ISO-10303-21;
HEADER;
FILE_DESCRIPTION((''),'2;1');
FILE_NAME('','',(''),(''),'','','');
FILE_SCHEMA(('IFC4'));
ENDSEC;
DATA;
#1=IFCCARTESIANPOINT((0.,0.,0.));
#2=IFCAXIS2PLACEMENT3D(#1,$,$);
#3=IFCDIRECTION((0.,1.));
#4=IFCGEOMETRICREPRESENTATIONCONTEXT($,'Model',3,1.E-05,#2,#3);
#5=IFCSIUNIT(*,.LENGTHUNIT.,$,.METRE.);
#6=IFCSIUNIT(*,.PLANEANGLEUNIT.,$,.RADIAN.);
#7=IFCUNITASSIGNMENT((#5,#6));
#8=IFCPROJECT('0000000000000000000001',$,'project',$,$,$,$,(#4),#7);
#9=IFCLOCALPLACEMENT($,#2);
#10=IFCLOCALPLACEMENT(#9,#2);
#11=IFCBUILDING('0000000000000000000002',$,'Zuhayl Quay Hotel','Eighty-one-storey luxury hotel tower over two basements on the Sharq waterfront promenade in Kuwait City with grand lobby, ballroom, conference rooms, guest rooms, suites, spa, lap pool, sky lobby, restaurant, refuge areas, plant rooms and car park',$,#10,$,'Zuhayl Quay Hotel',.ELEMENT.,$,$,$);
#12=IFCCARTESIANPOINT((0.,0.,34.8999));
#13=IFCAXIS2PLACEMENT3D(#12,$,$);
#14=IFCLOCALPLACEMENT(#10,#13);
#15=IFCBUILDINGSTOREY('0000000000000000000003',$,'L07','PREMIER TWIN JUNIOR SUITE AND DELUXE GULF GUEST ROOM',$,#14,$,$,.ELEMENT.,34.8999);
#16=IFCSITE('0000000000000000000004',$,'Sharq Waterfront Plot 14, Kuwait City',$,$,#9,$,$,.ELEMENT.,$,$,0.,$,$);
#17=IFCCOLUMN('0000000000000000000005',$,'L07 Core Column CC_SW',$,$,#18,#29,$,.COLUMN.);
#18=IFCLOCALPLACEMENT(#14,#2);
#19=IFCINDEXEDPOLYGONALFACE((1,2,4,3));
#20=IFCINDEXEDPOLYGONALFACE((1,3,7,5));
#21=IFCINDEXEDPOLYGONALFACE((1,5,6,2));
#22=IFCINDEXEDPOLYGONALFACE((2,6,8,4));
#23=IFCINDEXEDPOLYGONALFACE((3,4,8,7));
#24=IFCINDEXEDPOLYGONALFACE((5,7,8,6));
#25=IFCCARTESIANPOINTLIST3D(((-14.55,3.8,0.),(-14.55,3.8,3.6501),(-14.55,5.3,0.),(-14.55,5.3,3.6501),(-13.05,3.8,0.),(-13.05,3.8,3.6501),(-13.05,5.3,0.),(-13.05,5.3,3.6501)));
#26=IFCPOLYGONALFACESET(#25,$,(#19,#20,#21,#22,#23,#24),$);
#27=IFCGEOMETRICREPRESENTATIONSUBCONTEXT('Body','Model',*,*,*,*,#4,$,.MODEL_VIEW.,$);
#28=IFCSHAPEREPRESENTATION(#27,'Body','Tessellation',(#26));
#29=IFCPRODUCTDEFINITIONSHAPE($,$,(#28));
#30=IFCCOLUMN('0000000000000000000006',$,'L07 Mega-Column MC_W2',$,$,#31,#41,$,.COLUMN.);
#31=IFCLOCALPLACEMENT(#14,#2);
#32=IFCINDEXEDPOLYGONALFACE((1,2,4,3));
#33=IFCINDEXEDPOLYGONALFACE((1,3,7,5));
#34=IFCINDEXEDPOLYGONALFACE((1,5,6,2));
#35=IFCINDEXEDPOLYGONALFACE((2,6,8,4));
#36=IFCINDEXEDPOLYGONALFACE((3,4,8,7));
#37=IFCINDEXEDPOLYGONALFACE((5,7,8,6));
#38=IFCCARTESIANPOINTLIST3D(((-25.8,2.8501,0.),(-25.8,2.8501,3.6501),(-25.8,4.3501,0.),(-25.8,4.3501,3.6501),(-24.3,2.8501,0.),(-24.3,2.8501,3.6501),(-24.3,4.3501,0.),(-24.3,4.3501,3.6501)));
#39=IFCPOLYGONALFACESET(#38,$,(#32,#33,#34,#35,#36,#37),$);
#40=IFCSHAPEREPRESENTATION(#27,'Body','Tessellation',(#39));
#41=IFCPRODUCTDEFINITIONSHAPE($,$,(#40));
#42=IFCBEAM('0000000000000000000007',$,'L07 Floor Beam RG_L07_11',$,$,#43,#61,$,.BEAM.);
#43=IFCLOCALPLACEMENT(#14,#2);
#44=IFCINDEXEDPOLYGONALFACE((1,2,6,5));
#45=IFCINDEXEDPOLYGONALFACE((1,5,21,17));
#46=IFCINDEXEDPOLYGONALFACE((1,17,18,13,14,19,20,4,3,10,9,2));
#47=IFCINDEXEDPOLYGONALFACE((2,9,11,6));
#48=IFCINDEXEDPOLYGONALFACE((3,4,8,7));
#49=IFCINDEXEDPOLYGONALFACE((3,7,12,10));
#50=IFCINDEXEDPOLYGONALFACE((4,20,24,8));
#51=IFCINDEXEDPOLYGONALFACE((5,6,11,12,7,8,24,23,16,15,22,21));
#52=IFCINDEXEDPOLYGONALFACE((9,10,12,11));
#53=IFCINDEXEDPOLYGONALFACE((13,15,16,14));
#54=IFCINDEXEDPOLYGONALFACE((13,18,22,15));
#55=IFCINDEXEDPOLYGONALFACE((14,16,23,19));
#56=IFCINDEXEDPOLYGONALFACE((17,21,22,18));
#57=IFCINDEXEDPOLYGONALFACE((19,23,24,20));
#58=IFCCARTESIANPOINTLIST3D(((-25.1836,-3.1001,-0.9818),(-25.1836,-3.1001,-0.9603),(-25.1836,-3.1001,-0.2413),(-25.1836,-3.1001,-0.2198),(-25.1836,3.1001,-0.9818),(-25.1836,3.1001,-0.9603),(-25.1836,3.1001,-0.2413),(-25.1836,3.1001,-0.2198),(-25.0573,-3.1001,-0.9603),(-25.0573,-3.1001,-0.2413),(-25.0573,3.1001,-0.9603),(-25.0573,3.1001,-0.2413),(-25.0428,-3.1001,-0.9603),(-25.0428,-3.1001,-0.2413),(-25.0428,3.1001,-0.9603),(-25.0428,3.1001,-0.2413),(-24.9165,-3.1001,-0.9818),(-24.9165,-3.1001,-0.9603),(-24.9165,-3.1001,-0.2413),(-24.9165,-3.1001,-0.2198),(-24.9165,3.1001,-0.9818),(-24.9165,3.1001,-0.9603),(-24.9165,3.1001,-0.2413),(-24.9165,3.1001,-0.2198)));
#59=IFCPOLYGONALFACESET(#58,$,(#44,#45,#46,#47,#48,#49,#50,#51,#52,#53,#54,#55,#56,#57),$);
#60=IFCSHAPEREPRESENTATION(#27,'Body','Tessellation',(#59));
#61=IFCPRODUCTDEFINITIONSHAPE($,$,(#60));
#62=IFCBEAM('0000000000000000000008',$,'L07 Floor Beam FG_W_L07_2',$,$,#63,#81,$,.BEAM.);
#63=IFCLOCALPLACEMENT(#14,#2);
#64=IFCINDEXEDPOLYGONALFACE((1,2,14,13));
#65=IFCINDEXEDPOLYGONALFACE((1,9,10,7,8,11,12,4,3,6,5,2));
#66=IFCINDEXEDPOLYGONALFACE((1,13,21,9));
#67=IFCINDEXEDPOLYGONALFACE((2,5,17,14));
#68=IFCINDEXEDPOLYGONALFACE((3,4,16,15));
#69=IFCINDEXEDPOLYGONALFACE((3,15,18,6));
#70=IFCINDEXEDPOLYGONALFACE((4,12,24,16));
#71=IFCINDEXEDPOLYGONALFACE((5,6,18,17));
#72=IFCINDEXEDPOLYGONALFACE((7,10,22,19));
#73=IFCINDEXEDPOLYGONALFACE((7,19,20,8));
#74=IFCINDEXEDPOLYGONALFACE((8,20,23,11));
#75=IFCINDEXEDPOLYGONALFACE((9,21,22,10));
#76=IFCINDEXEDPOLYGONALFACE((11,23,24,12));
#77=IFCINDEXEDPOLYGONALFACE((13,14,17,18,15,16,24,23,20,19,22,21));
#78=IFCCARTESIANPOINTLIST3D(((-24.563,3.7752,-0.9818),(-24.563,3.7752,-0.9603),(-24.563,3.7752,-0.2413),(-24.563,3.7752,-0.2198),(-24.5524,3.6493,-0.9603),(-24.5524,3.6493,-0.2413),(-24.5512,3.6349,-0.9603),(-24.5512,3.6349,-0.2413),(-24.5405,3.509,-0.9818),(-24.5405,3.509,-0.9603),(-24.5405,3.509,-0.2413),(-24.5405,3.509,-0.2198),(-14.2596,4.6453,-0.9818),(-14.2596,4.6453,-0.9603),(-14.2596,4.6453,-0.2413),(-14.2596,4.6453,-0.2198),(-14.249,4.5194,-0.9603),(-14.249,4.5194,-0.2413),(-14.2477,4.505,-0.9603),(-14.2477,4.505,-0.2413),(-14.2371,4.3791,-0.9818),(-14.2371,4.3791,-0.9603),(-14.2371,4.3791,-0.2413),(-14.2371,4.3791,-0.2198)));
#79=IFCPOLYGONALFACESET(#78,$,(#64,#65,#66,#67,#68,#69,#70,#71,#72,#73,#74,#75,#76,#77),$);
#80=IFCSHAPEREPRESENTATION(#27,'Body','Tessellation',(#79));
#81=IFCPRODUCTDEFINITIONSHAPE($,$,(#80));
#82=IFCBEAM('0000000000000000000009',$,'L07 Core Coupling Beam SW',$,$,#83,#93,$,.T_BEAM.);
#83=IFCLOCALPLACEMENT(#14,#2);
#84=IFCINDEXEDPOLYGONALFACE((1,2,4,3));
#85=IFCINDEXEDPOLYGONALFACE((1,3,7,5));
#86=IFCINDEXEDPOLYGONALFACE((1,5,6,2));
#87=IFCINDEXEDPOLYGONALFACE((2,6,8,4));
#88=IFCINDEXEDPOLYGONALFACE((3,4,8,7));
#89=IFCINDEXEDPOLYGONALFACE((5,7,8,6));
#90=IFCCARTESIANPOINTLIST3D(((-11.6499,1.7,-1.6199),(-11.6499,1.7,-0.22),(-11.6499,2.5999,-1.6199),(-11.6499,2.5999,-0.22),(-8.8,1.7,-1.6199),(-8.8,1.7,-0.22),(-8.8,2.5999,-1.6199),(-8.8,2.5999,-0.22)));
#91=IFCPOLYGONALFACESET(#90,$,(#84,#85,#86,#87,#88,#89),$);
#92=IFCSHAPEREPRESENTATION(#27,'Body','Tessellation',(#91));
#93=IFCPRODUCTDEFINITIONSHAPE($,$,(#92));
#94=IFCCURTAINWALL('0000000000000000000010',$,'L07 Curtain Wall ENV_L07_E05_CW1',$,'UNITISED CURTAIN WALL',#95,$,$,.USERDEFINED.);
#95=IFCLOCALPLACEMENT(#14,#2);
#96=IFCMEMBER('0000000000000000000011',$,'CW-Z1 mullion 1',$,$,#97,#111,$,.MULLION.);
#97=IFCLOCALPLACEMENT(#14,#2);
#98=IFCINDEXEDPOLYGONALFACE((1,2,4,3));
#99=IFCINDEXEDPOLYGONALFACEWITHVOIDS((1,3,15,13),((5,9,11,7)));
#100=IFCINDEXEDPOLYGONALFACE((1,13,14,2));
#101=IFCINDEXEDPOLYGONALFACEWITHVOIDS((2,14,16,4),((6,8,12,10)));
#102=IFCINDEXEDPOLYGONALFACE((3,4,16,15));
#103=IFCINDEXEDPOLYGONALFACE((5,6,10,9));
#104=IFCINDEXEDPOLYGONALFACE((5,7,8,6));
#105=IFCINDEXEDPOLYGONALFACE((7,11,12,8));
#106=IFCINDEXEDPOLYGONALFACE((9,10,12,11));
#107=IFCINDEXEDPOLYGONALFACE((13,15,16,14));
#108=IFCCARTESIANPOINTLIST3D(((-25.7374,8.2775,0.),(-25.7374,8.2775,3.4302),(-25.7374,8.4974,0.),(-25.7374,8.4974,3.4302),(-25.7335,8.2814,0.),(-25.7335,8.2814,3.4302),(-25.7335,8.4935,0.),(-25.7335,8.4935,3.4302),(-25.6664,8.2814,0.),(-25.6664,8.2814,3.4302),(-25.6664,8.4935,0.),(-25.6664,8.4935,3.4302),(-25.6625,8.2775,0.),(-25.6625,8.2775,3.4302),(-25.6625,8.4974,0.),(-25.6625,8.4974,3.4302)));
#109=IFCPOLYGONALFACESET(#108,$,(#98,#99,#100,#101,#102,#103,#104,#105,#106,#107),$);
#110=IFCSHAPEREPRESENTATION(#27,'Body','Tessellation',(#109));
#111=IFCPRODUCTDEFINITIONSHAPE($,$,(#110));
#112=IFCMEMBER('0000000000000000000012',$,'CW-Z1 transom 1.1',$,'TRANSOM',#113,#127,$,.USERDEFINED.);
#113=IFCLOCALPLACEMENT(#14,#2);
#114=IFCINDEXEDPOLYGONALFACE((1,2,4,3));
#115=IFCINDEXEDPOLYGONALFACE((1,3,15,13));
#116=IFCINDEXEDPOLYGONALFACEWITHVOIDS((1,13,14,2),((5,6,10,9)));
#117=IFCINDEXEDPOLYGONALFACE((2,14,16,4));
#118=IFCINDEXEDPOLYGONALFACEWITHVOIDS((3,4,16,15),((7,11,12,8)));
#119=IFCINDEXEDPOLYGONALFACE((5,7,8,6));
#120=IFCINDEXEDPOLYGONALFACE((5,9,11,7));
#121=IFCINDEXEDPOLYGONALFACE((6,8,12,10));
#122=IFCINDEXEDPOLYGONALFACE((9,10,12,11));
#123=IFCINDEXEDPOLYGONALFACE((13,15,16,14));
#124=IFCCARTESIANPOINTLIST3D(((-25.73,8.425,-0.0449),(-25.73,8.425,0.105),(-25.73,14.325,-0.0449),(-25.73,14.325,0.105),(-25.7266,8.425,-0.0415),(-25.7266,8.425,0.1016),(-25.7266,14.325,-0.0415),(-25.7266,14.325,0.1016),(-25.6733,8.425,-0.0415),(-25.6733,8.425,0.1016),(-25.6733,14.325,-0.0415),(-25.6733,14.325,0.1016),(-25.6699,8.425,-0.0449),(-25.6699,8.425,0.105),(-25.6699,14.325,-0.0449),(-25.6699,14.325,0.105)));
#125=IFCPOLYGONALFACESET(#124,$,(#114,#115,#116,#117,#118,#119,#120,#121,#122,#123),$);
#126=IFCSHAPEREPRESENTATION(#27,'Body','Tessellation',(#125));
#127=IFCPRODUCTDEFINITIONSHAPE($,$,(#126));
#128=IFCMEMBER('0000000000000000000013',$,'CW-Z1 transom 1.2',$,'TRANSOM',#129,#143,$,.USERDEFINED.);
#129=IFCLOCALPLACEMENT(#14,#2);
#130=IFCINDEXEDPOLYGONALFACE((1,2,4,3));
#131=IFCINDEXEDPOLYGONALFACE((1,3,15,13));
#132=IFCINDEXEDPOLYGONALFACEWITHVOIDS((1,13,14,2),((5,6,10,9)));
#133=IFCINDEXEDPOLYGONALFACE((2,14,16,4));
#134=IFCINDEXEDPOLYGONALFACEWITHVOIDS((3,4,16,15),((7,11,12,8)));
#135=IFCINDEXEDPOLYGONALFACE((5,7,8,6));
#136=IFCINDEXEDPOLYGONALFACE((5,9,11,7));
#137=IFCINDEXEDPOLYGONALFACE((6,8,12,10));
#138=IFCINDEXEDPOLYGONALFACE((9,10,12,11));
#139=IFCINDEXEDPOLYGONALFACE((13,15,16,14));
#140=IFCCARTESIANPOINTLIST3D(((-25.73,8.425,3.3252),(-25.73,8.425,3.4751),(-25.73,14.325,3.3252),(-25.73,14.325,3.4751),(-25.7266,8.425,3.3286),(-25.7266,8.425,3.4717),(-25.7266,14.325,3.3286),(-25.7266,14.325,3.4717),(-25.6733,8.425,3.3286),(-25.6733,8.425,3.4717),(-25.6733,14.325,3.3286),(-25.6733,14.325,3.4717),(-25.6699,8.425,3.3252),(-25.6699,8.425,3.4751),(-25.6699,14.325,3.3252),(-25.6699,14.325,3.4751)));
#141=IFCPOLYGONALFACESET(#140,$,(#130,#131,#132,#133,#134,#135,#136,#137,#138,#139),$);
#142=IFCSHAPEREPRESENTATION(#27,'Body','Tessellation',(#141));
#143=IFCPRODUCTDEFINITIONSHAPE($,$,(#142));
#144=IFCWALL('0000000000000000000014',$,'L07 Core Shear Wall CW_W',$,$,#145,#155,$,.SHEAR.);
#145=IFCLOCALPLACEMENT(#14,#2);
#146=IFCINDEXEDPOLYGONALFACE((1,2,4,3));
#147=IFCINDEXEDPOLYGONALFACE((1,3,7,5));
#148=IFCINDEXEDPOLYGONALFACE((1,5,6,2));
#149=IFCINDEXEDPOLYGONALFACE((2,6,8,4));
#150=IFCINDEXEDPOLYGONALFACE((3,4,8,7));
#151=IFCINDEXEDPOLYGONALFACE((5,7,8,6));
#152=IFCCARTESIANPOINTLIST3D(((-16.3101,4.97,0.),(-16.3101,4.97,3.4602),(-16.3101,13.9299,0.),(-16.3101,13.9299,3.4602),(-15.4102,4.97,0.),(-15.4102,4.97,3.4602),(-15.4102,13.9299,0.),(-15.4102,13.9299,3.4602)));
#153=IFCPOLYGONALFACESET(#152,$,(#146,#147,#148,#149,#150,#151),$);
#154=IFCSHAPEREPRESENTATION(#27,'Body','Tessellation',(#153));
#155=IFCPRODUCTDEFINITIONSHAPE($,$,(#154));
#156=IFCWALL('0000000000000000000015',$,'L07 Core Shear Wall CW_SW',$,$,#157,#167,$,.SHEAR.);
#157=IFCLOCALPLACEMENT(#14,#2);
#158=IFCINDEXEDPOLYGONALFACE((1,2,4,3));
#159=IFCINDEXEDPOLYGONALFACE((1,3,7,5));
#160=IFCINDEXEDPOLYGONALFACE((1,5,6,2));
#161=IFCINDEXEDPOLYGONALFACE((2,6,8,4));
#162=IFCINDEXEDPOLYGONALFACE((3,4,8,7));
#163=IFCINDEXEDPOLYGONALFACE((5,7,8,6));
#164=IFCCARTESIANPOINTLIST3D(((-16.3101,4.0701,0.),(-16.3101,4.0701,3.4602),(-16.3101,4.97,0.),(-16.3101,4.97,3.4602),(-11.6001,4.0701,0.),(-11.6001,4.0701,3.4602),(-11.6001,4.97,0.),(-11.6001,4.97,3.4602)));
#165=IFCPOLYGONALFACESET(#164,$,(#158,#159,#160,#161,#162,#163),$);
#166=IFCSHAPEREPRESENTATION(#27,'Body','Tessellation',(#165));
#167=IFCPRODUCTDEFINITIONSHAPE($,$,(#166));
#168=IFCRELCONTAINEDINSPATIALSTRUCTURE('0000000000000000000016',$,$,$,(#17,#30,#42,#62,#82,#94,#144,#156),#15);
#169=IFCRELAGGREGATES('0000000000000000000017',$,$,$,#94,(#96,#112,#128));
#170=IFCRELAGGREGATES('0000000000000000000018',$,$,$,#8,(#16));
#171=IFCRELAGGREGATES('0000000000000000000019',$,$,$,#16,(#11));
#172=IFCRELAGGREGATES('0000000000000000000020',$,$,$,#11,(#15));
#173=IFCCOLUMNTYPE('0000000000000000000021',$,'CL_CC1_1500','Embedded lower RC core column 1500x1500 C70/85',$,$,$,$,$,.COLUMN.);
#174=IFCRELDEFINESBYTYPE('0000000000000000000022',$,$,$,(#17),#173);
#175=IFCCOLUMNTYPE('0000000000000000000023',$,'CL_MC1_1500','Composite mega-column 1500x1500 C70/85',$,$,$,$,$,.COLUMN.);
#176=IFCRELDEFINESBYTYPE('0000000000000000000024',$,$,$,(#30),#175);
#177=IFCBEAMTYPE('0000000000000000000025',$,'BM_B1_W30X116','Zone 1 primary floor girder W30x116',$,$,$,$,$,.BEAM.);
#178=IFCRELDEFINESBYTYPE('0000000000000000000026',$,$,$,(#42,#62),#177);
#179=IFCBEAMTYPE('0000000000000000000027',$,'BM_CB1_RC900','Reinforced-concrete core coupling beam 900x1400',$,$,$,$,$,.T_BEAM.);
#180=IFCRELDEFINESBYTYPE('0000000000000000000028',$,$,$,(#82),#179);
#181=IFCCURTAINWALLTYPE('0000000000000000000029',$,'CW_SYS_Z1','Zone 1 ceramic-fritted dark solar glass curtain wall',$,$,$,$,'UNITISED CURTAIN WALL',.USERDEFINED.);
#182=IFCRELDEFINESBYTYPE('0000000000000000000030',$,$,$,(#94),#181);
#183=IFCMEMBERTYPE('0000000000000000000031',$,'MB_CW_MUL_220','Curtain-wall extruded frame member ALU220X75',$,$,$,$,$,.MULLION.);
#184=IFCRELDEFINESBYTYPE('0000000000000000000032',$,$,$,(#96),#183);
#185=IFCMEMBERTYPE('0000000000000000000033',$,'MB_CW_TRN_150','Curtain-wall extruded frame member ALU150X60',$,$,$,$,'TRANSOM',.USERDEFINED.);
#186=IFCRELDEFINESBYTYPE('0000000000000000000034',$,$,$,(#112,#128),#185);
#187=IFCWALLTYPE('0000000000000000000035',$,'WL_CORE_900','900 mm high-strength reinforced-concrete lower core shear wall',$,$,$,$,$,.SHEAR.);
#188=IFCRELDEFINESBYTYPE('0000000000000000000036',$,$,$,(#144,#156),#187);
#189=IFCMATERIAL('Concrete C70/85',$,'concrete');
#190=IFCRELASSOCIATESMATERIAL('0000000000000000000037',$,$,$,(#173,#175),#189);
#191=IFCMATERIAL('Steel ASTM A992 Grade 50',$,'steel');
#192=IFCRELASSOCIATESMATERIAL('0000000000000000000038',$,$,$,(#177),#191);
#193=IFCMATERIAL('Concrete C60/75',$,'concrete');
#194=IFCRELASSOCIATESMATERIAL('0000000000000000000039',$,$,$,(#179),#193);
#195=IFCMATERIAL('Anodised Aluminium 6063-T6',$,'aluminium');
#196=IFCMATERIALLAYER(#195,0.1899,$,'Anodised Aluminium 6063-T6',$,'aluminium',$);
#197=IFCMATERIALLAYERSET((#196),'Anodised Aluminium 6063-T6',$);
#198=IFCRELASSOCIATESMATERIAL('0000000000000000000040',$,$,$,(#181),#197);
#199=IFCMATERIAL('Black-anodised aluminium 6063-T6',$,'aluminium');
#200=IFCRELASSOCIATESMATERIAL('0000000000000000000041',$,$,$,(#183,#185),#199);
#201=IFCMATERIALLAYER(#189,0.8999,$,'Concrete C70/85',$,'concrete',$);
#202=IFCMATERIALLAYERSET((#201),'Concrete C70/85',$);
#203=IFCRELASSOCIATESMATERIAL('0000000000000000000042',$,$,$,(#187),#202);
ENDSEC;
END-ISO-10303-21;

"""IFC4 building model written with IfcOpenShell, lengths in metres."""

from ifc_helpers import new_model, si_unit, direction, frame, frame_2d, origin, origin_2d, place, context, subcontext, project, spatial, rectangle, hollow_rectangle, i_section, extrude, material, layer, layer_set, material_profile, profile_set, type_object, element, aggregate, save


model = new_model("IFC4")

# Units and contexts
model_context = context("Model", 3, precision=1e-05, world=origin(), true_north=direction((0.0, 1.0)))
body_context = subcontext(model_context, "Body", "Model", "MODEL_VIEW")
ifc_project = project(units=[si_unit("LENGTHUNIT", "METRE"), si_unit("PLANEANGLEUNIT", "RADIAN")], contexts=[model_context])

# Site, building, storey
site_placement = place(None, origin())
site = spatial("IfcSite", under=ifc_project, at=site_placement, Name="Sharq Waterfront Plot 14, Kuwait City", CompositionType="ELEMENT", RefElevation=0.0)
building_placement = place(site_placement, origin())
building = spatial("IfcBuilding", under=site, at=building_placement, Name="Zuhayl Quay Hotel", Description="Eighty-one-storey luxury hotel tower over two basements on the Sharq waterfront promenade in Kuwait City with grand lobby, ballroom, conference rooms, guest rooms, suites, spa, lap pool, sky lobby, restaurant, refuge areas, plant rooms and car park", LongName="Zuhayl Quay Hotel", CompositionType="ELEMENT")
storey_placement = place(building_placement, frame((0.0, 0.0, 34.8999)))
storey = spatial("IfcBuildingStorey", under=building, at=storey_placement, Name="L07", Description="PREMIER TWIN JUNIOR SUITE AND DELUXE GULF GUEST ROOM", CompositionType="ELEMENT", Elevation=34.8999)

# Columns
ifc_material_1 = material(Name="Concrete C70/85", Category="concrete")
ifc_material_profile_1 = material_profile(ifc_material_1, rectangle(XDim=1.5, YDim=1.5, at=origin_2d()), Name="RC1500X1500")
ifc_profile_set_1 = profile_set([ifc_material_profile_1], Name="Concrete C70/85")
column_type_1 = type_object("IfcColumnType", Name="CL_CC1_1500", Description="Embedded lower RC core column 1500x1500 C70/85", PredefinedType="COLUMN", material=ifc_profile_set_1)
column_1_placement = place(storey_placement, frame((-13.8, 4.55, 0.0), z_axis=(0.0, 0.0, 1.0), x_axis=(1.0, 0.0, 0.0)))
element("IfcColumn", 1, at=column_1_placement, inside=storey, type_object=column_type_1, Name="L07 Core Column CC_SW", PredefinedType="COLUMN", context=body_context, shape_type="SweptSolid", body=[
    extrude(rectangle(XDim=1.5, YDim=1.5, at=origin_2d()), origin(), (0.0, 0.0, 1.0), 3.6501),
])
ifc_material_profile_2 = material_profile(ifc_material_1, rectangle(XDim=1.5, YDim=1.5, at=origin_2d()), Name="RC1500X1500")
ifc_profile_set_2 = profile_set([ifc_material_profile_2], Name="Concrete C70/85")
column_type_2 = type_object("IfcColumnType", Name="CL_MC1_1500", Description="Composite mega-column 1500x1500 C70/85", PredefinedType="COLUMN", material=ifc_profile_set_2)
column_2_placement = place(storey_placement, frame((-25.05, 3.6001, 0.0), z_axis=(0.0, 0.0, 1.0), x_axis=(1.0, 0.0, 0.0)))
element("IfcColumn", 2, at=column_2_placement, inside=storey, type_object=column_type_2, Name="L07 Mega-Column MC_W2", PredefinedType="COLUMN", context=body_context, shape_type="SweptSolid", body=[
    extrude(rectangle(XDim=1.5, YDim=1.5, at=origin_2d()), origin(), (0.0, 0.0, 1.0), 3.6501),
])

# Beams
ifc_material_2 = material(Name="Steel ASTM A992 Grade 50", Category="steel")
ifc_material_profile_3 = material_profile(ifc_material_2, i_section(OverallWidth=0.2671, OverallDepth=0.762, WebThickness=0.0144, FlangeThickness=0.0215, at=origin_2d()), Name="W30X116")
ifc_profile_set_3 = profile_set([ifc_material_profile_3], Name="Steel ASTM A992 Grade 50")
beam_type_1 = type_object("IfcBeamType", Name="BM_B1_W30X116", Description="Zone 1 primary floor girder W30x116", PredefinedType="BEAM", material=ifc_profile_set_3)
beam_1_placement = place(storey_placement, frame((-25.05, 3.1001, -0.6008), z_axis=(0.0, -1.0, 0.0), x_axis=(1.0, 0.0, 0.0)))
element("IfcBeam", 3, at=beam_1_placement, inside=storey, type_object=beam_type_1, Name="L07 Floor Beam RG_L07_11", PredefinedType="BEAM", context=body_context, shape_type="SweptSolid", body=[
    extrude(i_section(OverallWidth=0.2671, OverallDepth=0.762, WebThickness=0.0144, FlangeThickness=0.0215, at=origin_2d()), origin(), (0.0, 0.0, 1.0), 6.2002),
])
beam_2_placement = place(storey_placement, frame((-24.5518, 3.6421, -0.6008), z_axis=(0.996453, 0.084149, 0.0), x_axis=(-0.084149, 0.996453, 0.0)))
element("IfcBeam", 4, at=beam_2_placement, inside=storey, type_object=beam_type_1, Name="L07 Floor Beam FG_W_L07_2", PredefinedType="BEAM", context=body_context, shape_type="SweptSolid", body=[
    extrude(i_section(OverallWidth=0.2671, OverallDepth=0.762, WebThickness=0.0144, FlangeThickness=0.0215, at=origin_2d()), origin(), (0.0, 0.0, 1.0), 10.3401),
])
ifc_material_3 = material(Name="Concrete C60/75", Category="concrete")
ifc_material_profile_4 = material_profile(ifc_material_3, rectangle(XDim=0.8999, YDim=1.3999, at=origin_2d()), Name="RC900X1400")
ifc_profile_set_4 = profile_set([ifc_material_profile_4], Name="Concrete C60/75")
beam_type_2 = type_object("IfcBeamType", Name="BM_CB1_RC900", Description="Reinforced-concrete core coupling beam 900x1400", PredefinedType="T_BEAM", material=ifc_profile_set_4)
beam_3_placement = place(storey_placement, frame((-11.6499, 2.1499, -0.9199), z_axis=(1.0, 0.0, 0.0), x_axis=(0.0, 1.0, 0.0)))
element("IfcBeam", 5, at=beam_3_placement, inside=storey, type_object=beam_type_2, Name="L07 Core Coupling Beam SW", PredefinedType="T_BEAM", context=body_context, shape_type="SweptSolid", body=[
    extrude(rectangle(XDim=0.8999, YDim=1.3999, at=origin_2d()), origin(), (0.0, 0.0, 1.0), 2.8499),
])

# Curtain wall, members
ifc_material_4 = material(Name="Anodised Aluminium 6063-T6", Category="aluminium")
ifc_layer_1 = layer(ifc_material_4, 0.1899, Name="Anodised Aluminium 6063-T6", Category="aluminium")
ifc_layer_set_1 = layer_set([ifc_layer_1], Name="Anodised Aluminium 6063-T6")
curtain_wall_type = type_object("IfcCurtainWallType", Name="CW_SYS_Z1", Description="Zone 1 ceramic-fritted dark solar glass curtain wall", ElementType="UNITISED CURTAIN WALL", PredefinedType="USERDEFINED", material=ifc_layer_set_1)
curtain_wall_placement = place(storey_placement, origin())
curtain_wall = element("IfcCurtainWall", 6, at=curtain_wall_placement, inside=storey, type_object=curtain_wall_type, Name="L07 Curtain Wall ENV_L07_E05_CW1", ObjectType="UNITISED CURTAIN WALL", PredefinedType="USERDEFINED")
ifc_material_5 = material(Name="Black-anodised aluminium 6063-T6", Category="aluminium")
ifc_material_profile_5 = material_profile(ifc_material_5, hollow_rectangle(XDim=0.075, YDim=0.22, WallThickness=0.0039, at=origin_2d()), Name="ALU220X75")
ifc_profile_set_5 = profile_set([ifc_material_profile_5], Name="Black-anodised aluminium 6063-T6")
member_type_1 = type_object("IfcMemberType", Name="MB_CW_MUL_220", Description="Curtain-wall extruded frame member ALU220X75", PredefinedType="MULLION", material=ifc_profile_set_5)
member_1_placement = place(storey_placement, frame((-25.7, 8.3875, 0.0), z_axis=(0.0, 0.0, 1.0), x_axis=(-1.0, 0.0, 0.0)))
member_1 = element("IfcMember", 7, at=member_1_placement, type_object=member_type_1, Name="CW-Z1 mullion 1", PredefinedType="MULLION", context=body_context, shape_type="SweptSolid", body=[
    extrude(hollow_rectangle(XDim=0.075, YDim=0.22, WallThickness=0.0039, at=origin_2d()), origin(), (0.0, 0.0, 1.0), 3.4302),
])
ifc_material_profile_6 = material_profile(ifc_material_5, hollow_rectangle(XDim=0.0601, YDim=0.1499, WallThickness=0.0034, at=origin_2d()), Name="ALU150X60")
ifc_profile_set_6 = profile_set([ifc_material_profile_6], Name="Black-anodised aluminium 6063-T6")
member_type_2 = type_object("IfcMemberType", Name="MB_CW_TRN_150", Description="Curtain-wall extruded frame member ALU150X60", ElementType="TRANSOM", PredefinedType="USERDEFINED", material=ifc_profile_set_6)
member_2_placement = place(storey_placement, frame((-25.7, 8.425, 0.03), z_axis=(0.0, 1.0, 0.0), x_axis=(-1.0, 0.0, 0.0)))
member_2 = element("IfcMember", 8, at=member_2_placement, type_object=member_type_2, Name="CW-Z1 transom 1.1", ObjectType="TRANSOM", PredefinedType="USERDEFINED", context=body_context, shape_type="SweptSolid", body=[
    extrude(hollow_rectangle(XDim=0.0601, YDim=0.1499, WallThickness=0.0034, at=origin_2d()), origin(), (0.0, 0.0, 1.0), 5.8999),
])
member_3_placement = place(storey_placement, frame((-25.7, 8.425, 3.4001), z_axis=(0.0, 1.0, 0.0), x_axis=(-1.0, 0.0, 0.0)))
member_3 = element("IfcMember", 9, at=member_3_placement, type_object=member_type_2, Name="CW-Z1 transom 1.2", ObjectType="TRANSOM", PredefinedType="USERDEFINED", context=body_context, shape_type="SweptSolid", body=[
    extrude(hollow_rectangle(XDim=0.0601, YDim=0.1499, WallThickness=0.0034, at=origin_2d()), origin(), (0.0, 0.0, 1.0), 5.8999),
])
aggregate(curtain_wall, [member_1, member_2, member_3])

# Walls
ifc_layer_2 = layer(ifc_material_1, 0.8999, Name="Concrete C70/85", Category="concrete")
ifc_layer_set_2 = layer_set([ifc_layer_2], Name="Concrete C70/85")
wall_type_1 = type_object("IfcWallType", Name="WL_CORE_900", Description="900 mm high-strength reinforced-concrete lower core shear wall", PredefinedType="SHEAR", material=ifc_layer_set_2)
wall_1_placement = place(storey_placement, frame((-15.8601, 4.97, 0.0), z_axis=(0.0, 0.0, 1.0), x_axis=(0.0, 1.0, 0.0)))
element("IfcWall", 10, at=wall_1_placement, inside=storey, type_object=wall_type_1, Name="L07 Core Shear Wall CW_W", PredefinedType="SHEAR", context=body_context, shape_type="SweptSolid", body=[
    extrude(rectangle(XDim=8.96, YDim=0.8999, at=frame_2d((4.48, 0.0))), origin(), (0.0, 0.0, 1.0), 3.4602),
])
wall_2_placement = place(storey_placement, frame((-16.3101, 4.52, 0.0), z_axis=(0.0, 0.0, 1.0), x_axis=(1.0, 0.0, 0.0)))
element("IfcWall", 11, at=wall_2_placement, inside=storey, type_object=wall_type_1, Name="L07 Core Shear Wall CW_SW", PredefinedType="SHEAR", context=body_context, shape_type="SweptSolid", body=[
    extrude(rectangle(XDim=4.71, YDim=0.8999, at=frame_2d((2.355, 0.0))), origin(), (0.0, 0.0, 1.0), 3.4602),
])

save(model, "model.ifc")
